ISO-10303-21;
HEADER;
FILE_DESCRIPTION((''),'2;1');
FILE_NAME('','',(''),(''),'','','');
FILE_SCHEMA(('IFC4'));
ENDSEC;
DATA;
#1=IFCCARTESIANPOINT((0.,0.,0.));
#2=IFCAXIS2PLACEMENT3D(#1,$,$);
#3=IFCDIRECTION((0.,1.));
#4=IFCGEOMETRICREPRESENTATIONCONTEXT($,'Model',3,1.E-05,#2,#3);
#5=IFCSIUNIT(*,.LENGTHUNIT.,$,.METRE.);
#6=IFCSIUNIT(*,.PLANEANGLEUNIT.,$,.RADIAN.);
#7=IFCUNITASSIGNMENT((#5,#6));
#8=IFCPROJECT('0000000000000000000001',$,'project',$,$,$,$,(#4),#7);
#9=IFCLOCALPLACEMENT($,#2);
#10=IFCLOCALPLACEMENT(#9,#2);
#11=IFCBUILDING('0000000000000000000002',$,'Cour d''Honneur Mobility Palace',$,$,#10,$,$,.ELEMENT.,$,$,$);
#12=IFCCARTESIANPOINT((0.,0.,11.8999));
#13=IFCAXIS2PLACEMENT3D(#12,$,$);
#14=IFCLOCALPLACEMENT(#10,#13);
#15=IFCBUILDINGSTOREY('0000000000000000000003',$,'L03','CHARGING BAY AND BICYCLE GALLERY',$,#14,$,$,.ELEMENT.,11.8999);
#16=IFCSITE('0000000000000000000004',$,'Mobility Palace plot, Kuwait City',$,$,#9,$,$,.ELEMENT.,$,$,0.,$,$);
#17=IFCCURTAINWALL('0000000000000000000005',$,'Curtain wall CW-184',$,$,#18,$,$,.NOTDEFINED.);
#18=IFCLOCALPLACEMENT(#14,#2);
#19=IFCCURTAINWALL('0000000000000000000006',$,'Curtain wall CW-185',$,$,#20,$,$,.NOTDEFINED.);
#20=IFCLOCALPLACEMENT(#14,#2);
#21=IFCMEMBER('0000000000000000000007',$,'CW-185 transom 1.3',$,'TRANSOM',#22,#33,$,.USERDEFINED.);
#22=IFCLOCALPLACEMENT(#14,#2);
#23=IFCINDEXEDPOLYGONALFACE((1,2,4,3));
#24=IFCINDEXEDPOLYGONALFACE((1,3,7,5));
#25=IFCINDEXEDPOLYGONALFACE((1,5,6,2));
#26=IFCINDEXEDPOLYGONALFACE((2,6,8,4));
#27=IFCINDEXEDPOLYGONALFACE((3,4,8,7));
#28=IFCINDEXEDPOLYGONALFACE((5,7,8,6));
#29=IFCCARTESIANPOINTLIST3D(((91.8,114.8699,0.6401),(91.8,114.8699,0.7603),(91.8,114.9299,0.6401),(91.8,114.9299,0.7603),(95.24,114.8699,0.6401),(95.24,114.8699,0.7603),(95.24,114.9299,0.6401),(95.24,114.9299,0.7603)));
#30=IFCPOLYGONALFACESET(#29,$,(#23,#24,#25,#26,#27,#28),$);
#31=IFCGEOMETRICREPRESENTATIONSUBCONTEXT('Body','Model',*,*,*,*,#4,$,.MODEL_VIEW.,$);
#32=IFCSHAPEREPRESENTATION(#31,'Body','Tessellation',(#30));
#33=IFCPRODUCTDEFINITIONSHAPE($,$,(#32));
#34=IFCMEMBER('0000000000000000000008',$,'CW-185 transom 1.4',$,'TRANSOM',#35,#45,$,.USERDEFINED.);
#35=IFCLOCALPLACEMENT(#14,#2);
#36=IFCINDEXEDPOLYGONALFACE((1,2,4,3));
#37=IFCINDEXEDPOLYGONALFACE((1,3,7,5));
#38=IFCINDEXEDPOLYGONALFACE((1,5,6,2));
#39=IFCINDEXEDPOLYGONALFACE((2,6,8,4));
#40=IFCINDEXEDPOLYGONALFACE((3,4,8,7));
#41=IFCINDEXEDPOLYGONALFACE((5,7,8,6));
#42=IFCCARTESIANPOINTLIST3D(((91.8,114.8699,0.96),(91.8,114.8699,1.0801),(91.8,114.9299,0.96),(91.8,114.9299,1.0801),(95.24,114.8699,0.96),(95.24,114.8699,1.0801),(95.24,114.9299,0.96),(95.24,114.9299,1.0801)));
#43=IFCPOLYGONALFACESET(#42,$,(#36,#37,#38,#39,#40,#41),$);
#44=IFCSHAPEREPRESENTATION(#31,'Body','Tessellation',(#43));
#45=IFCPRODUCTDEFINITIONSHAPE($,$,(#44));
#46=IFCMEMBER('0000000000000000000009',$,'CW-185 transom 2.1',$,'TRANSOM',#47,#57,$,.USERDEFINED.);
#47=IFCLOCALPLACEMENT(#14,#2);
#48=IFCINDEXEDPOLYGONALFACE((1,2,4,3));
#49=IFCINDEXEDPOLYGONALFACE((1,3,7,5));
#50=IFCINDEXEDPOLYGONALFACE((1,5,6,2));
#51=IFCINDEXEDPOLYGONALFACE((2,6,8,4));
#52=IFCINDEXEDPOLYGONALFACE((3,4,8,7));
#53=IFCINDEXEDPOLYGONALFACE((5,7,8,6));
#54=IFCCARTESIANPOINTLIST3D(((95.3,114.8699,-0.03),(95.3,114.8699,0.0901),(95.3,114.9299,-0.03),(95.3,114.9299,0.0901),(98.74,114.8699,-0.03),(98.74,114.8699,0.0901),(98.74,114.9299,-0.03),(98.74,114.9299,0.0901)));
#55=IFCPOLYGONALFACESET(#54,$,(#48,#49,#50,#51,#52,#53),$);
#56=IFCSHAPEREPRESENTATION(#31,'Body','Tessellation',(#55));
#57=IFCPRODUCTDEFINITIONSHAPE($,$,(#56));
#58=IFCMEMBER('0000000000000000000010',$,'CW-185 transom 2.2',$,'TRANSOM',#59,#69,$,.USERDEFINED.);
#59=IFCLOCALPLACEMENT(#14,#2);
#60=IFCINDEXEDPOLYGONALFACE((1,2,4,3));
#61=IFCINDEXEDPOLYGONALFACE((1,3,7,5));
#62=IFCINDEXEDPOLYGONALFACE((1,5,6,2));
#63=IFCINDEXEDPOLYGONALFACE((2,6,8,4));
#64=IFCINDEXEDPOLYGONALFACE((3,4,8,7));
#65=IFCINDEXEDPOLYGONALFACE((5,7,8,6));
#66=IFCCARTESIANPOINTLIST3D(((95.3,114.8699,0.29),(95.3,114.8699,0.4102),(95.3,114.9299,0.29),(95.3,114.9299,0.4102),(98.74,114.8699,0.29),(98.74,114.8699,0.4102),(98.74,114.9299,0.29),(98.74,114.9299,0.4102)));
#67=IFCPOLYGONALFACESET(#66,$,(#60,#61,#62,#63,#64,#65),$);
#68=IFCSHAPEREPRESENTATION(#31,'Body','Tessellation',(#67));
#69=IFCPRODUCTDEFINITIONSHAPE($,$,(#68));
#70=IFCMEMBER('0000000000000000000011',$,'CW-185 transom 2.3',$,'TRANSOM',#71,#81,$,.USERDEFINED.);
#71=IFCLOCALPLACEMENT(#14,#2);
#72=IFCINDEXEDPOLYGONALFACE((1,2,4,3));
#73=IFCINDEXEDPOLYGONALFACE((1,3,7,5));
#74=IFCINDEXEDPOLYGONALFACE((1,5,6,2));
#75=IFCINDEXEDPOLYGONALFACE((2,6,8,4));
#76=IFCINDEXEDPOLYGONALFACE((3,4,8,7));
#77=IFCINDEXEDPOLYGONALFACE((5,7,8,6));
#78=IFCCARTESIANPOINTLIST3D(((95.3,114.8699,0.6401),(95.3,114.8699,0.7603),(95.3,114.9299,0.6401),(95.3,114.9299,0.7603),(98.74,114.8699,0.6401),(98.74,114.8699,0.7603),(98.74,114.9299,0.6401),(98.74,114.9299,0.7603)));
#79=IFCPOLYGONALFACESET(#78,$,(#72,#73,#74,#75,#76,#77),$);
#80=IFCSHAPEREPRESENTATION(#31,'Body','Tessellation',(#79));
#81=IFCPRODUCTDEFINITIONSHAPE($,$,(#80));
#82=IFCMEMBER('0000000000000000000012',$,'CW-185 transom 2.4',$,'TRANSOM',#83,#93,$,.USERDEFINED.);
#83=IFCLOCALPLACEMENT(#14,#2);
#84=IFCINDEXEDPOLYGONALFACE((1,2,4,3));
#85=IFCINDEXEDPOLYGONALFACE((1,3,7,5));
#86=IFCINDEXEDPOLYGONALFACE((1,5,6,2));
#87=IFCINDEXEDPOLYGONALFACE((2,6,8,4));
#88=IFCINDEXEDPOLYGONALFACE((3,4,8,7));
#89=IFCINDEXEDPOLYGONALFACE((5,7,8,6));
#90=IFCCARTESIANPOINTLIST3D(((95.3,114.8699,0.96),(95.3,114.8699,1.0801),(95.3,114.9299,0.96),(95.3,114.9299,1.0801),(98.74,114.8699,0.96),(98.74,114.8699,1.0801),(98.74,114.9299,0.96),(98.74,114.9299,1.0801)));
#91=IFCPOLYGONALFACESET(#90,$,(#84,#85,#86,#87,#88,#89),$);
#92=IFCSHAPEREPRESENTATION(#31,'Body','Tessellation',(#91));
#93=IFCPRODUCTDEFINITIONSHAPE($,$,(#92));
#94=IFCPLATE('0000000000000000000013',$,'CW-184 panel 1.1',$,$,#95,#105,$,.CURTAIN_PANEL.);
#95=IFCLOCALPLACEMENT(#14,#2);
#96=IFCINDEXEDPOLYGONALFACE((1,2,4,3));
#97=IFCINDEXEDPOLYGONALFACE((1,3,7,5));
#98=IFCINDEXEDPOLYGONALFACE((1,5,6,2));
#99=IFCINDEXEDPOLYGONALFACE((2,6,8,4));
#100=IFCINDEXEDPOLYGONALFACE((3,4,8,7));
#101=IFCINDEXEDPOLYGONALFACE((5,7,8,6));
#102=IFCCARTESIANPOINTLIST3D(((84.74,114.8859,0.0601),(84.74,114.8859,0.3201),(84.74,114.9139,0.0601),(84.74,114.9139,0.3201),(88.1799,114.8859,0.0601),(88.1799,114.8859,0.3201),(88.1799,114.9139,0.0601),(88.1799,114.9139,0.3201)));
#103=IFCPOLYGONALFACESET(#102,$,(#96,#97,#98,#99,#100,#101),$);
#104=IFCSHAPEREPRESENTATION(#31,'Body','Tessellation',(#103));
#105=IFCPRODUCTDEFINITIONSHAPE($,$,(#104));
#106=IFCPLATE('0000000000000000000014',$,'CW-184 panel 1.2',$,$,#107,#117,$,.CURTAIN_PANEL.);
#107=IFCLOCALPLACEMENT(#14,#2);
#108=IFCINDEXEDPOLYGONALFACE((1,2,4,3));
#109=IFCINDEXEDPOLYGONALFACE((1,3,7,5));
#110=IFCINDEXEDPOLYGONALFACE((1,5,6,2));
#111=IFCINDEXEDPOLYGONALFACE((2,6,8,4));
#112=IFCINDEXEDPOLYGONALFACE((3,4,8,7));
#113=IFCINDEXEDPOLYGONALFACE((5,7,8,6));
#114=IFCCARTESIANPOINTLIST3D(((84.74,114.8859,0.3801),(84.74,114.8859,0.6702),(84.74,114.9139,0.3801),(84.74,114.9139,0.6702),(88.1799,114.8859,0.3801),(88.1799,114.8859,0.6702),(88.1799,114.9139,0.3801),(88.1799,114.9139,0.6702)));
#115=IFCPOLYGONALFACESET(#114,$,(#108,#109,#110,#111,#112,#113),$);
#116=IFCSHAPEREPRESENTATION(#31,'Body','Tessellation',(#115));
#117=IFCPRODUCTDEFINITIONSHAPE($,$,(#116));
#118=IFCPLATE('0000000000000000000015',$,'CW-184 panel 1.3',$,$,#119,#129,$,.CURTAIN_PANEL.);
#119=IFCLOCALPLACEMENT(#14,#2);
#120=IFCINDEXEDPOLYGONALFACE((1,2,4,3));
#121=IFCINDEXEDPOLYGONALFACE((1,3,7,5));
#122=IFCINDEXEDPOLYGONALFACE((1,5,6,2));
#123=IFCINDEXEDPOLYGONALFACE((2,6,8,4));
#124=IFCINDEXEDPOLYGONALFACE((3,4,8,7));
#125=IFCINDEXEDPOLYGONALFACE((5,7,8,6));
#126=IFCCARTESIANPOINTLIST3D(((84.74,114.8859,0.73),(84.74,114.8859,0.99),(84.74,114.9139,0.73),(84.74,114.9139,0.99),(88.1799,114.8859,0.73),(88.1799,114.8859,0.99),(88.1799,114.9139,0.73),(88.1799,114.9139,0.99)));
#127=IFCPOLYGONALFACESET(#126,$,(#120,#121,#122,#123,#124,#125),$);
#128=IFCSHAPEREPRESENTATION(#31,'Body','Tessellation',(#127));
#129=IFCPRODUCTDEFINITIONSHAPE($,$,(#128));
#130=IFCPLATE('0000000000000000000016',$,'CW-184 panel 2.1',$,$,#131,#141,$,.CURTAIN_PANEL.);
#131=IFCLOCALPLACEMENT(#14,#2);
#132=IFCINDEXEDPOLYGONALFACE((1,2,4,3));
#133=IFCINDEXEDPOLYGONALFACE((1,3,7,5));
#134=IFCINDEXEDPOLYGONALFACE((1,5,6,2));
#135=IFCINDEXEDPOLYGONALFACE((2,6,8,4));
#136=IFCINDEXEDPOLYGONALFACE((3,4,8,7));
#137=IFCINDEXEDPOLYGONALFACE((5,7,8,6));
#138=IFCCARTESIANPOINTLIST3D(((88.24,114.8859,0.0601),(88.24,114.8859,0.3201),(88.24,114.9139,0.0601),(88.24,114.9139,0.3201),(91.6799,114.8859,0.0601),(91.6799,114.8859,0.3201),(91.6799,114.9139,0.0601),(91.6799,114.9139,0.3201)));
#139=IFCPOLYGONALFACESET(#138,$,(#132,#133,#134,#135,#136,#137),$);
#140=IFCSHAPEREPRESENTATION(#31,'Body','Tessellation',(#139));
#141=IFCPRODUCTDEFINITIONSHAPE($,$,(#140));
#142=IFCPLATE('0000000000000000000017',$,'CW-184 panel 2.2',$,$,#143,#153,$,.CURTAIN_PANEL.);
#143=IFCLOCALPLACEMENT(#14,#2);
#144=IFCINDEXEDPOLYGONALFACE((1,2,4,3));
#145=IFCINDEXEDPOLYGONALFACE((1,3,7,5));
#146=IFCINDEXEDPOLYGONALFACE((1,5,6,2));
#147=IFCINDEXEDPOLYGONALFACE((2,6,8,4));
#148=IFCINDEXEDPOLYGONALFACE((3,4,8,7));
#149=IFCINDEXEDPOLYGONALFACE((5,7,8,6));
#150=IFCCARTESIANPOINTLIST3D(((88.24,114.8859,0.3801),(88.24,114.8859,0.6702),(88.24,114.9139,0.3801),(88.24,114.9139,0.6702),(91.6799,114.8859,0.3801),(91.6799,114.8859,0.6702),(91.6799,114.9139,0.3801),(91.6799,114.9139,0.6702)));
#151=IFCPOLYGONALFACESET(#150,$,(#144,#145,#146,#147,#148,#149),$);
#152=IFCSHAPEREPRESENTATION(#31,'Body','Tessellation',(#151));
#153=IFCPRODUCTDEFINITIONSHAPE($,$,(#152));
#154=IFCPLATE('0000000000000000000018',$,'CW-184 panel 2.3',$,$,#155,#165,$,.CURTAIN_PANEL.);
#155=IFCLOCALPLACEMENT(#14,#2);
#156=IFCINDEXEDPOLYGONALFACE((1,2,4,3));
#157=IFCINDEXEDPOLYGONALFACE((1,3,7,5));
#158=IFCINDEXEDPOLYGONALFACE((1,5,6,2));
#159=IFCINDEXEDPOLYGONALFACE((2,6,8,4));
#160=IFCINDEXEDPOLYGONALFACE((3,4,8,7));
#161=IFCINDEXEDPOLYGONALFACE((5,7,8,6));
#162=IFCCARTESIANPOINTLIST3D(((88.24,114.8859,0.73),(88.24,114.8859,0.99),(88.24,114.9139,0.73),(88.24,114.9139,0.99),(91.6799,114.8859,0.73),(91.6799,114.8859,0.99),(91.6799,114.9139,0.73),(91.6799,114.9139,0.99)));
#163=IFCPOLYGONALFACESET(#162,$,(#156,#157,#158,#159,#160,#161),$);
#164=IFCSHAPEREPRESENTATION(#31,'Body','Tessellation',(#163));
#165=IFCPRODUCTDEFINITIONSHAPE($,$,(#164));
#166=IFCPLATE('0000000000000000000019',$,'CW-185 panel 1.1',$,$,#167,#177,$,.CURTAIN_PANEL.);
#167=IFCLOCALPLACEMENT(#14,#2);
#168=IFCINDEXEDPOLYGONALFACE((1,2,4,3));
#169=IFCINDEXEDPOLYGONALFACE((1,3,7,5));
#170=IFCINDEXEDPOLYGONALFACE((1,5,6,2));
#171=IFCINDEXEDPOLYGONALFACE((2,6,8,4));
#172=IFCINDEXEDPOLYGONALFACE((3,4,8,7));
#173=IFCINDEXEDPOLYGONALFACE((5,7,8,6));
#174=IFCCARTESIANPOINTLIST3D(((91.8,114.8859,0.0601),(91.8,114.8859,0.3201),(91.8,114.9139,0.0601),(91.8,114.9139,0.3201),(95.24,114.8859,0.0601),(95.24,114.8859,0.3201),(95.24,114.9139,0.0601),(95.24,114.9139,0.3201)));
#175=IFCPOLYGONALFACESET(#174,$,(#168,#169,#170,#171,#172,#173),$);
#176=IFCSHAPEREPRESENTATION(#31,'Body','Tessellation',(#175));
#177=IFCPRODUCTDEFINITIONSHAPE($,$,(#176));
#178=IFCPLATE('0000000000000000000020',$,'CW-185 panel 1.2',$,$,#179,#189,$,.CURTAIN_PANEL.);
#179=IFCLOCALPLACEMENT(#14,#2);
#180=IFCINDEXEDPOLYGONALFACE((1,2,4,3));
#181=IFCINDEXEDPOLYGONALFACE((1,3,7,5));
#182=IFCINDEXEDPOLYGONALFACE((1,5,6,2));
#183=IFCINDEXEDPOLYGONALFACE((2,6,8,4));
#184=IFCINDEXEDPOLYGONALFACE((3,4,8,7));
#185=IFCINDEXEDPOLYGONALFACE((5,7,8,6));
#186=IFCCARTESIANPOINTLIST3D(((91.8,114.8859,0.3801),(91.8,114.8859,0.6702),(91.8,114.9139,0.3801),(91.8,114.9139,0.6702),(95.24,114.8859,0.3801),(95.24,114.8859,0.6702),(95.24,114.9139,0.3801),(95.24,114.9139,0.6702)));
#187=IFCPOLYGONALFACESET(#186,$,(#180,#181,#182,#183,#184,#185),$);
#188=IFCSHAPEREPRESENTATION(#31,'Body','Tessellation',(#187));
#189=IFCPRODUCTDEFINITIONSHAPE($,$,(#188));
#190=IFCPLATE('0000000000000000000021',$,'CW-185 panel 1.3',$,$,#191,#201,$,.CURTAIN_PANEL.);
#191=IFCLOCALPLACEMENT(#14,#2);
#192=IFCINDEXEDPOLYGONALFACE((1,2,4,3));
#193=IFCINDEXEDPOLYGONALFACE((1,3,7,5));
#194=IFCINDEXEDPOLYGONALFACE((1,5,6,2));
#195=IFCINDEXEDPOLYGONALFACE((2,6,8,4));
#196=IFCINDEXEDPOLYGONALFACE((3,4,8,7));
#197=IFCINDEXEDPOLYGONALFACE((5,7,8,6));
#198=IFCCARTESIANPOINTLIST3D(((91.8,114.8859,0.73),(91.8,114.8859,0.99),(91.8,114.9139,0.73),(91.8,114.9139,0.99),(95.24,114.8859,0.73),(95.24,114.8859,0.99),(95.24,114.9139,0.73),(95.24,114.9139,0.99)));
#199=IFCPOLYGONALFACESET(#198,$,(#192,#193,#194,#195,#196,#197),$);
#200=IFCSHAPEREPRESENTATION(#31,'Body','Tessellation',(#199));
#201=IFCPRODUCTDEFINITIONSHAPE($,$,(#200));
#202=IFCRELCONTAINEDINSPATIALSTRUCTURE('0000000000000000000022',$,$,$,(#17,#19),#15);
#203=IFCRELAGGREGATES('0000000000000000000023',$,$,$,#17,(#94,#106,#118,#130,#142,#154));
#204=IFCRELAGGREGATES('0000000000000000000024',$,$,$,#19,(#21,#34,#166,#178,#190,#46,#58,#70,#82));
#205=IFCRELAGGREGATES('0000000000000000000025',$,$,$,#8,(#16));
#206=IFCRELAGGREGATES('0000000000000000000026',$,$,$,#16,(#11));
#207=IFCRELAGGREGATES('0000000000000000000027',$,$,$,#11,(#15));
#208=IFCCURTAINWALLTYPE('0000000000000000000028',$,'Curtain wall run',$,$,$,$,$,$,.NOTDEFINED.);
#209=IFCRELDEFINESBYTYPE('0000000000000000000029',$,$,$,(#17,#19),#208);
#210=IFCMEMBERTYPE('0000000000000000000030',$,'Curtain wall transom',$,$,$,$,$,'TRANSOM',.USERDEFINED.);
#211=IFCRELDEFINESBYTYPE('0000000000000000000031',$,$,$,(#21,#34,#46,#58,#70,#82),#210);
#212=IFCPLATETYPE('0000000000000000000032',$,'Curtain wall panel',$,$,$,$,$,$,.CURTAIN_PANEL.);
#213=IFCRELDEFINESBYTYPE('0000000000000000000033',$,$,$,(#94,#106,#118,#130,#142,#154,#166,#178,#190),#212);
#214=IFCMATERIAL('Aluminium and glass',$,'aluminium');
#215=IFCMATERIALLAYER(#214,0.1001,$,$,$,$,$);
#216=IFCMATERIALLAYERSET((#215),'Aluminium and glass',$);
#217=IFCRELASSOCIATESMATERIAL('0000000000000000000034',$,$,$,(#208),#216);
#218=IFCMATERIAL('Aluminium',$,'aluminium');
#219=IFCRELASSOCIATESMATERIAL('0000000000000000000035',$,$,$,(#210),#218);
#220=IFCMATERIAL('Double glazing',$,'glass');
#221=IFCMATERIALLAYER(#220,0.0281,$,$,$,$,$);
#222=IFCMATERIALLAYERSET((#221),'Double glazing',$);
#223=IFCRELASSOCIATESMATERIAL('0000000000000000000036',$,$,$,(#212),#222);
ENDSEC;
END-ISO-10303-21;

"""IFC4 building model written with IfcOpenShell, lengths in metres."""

from ifc_helpers import new_model, si_unit, direction, frame, origin, origin_2d, place, context, subcontext, project, spatial, rectangle, extrude, material, layer, layer_set, material_profile, profile_set, type_object, element, aggregate, save


model = new_model("IFC4")

# Units and contexts
model_context = context("Model", 3, precision=1e-05, world=origin(), true_north=direction((0.0, 1.0)))
body_context = subcontext(model_context, "Body", "Model", "MODEL_VIEW")
ifc_project = project(units=[si_unit("LENGTHUNIT", "METRE"), si_unit("PLANEANGLEUNIT", "RADIAN")], contexts=[model_context])

# Site, building, storey
site_placement = place(None, origin())
site = spatial("IfcSite", under=ifc_project, at=site_placement, Name="Mobility Palace plot, Kuwait City", CompositionType="ELEMENT", RefElevation=0.0)
building_placement = place(site_placement, origin())
building = spatial("IfcBuilding", under=site, at=building_placement, Name="Cour d'Honneur Mobility Palace", CompositionType="ELEMENT")
storey_placement = place(building_placement, frame((0.0, 0.0, 11.8999)))
storey = spatial("IfcBuildingStorey", under=building, at=storey_placement, Name="L03", Description="CHARGING BAY AND BICYCLE GALLERY", CompositionType="ELEMENT", Elevation=11.8999)

# Curtain walls
ifc_material_1 = material(Name="Aluminium and glass", Category="aluminium")
ifc_layer_1 = layer(ifc_material_1, 0.1001)
ifc_layer_set_1 = layer_set([ifc_layer_1], Name="Aluminium and glass")
curtain_wall_type = type_object("IfcCurtainWallType", Name="Curtain wall run", PredefinedType="NOTDEFINED", material=ifc_layer_set_1)
curtain_wall_1_placement = place(storey_placement, origin())
curtain_wall_1 = element("IfcCurtainWall", 1, at=curtain_wall_1_placement, inside=storey, type_object=curtain_wall_type, Name="Curtain wall CW-184", PredefinedType="NOTDEFINED")
curtain_wall_2_placement = place(storey_placement, origin())
curtain_wall_2 = element("IfcCurtainWall", 2, at=curtain_wall_2_placement, inside=storey, type_object=curtain_wall_type, Name="Curtain wall CW-185", PredefinedType="NOTDEFINED")

# Members
ifc_material_2 = material(Name="Aluminium", Category="aluminium")
ifc_material_profile_1 = material_profile(ifc_material_2, rectangle(XDim=0.0601, YDim=0.1201, at=origin_2d()), Name="Curtain wall transom")
ifc_profile_set_1 = profile_set([ifc_material_profile_1], Name="Aluminium")
member_type_1 = type_object("IfcMemberType", Name="Curtain wall transom", ElementType="TRANSOM", PredefinedType="USERDEFINED", material=ifc_profile_set_1)
member_1_placement = place(storey_placement, frame((91.8, 114.8999, 0.7002), z_axis=(1.0, 0.0, 0.0), x_axis=(0.0, 1.0, 0.0)))
member_1 = element("IfcMember", 3, at=member_1_placement, type_object=member_type_1, Name="CW-185 transom 1.3", ObjectType="TRANSOM", PredefinedType="USERDEFINED", context=body_context, shape_type="SweptSolid", body=[
    extrude(rectangle(XDim=0.0601, YDim=0.1201, at=origin_2d()), origin(), (0.0, 0.0, 1.0), 3.4399),
])
member_2_placement = place(storey_placement, frame((91.8, 114.8999, 1.02), z_axis=(1.0, 0.0, 0.0), x_axis=(0.0, 1.0, 0.0)))
member_2 = element("IfcMember", 4, at=member_2_placement, type_object=member_type_1, Name="CW-185 transom 1.4", ObjectType="TRANSOM", PredefinedType="USERDEFINED", context=body_context, shape_type="SweptSolid", body=[
    extrude(rectangle(XDim=0.0601, YDim=0.1201, at=origin_2d()), origin(), (0.0, 0.0, 1.0), 3.4399),
])
member_3_placement = place(storey_placement, frame((95.3, 114.8999, 0.03), z_axis=(1.0, 0.0, 0.0), x_axis=(0.0, 1.0, 0.0)))
member_3 = element("IfcMember", 5, at=member_3_placement, type_object=member_type_1, Name="CW-185 transom 2.1", ObjectType="TRANSOM", PredefinedType="USERDEFINED", context=body_context, shape_type="SweptSolid", body=[
    extrude(rectangle(XDim=0.0601, YDim=0.1201, at=origin_2d()), origin(), (0.0, 0.0, 1.0), 3.4399),
])
member_4_placement = place(storey_placement, frame((95.3, 114.8999, 0.3501), z_axis=(1.0, 0.0, 0.0), x_axis=(0.0, 1.0, 0.0)))
member_4 = element("IfcMember", 6, at=member_4_placement, type_object=member_type_1, Name="CW-185 transom 2.2", ObjectType="TRANSOM", PredefinedType="USERDEFINED", context=body_context, shape_type="SweptSolid", body=[
    extrude(rectangle(XDim=0.0601, YDim=0.1201, at=origin_2d()), origin(), (0.0, 0.0, 1.0), 3.4399),
])
member_5_placement = place(storey_placement, frame((95.3, 114.8999, 0.7002), z_axis=(1.0, 0.0, 0.0), x_axis=(0.0, 1.0, 0.0)))
member_5 = element("IfcMember", 7, at=member_5_placement, type_object=member_type_1, Name="CW-185 transom 2.3", ObjectType="TRANSOM", PredefinedType="USERDEFINED", context=body_context, shape_type="SweptSolid", body=[
    extrude(rectangle(XDim=0.0601, YDim=0.1201, at=origin_2d()), origin(), (0.0, 0.0, 1.0), 3.4399),
])
member_6_placement = place(storey_placement, frame((95.3, 114.8999, 1.02), z_axis=(1.0, 0.0, 0.0), x_axis=(0.0, 1.0, 0.0)))
member_6 = element("IfcMember", 8, at=member_6_placement, type_object=member_type_1, Name="CW-185 transom 2.4", ObjectType="TRANSOM", PredefinedType="USERDEFINED", context=body_context, shape_type="SweptSolid", body=[
    extrude(rectangle(XDim=0.0601, YDim=0.1201, at=origin_2d()), origin(), (0.0, 0.0, 1.0), 3.4399),
])

# Plates
ifc_material_3 = material(Name="Double glazing", Category="glass")
ifc_layer_2 = layer(ifc_material_3, 0.0281)
ifc_layer_set_2 = layer_set([ifc_layer_2], Name="Double glazing")
plate_type = type_object("IfcPlateType", Name="Curtain wall panel", PredefinedType="CURTAIN_PANEL", material=ifc_layer_set_2)
plate_1_placement = place(storey_placement, frame((86.46, 114.8999, 0.0601), z_axis=(0.0, 0.0, 1.0), x_axis=(1.0, 0.0, 0.0)))
plate_1 = element("IfcPlate", 9, at=plate_1_placement, type_object=plate_type, Name="CW-184 panel 1.1", PredefinedType="CURTAIN_PANEL", context=body_context, shape_type="SweptSolid", body=[
    extrude(rectangle(XDim=3.4399, YDim=0.0281, at=origin_2d()), origin(), (0.0, 0.0, 1.0), 0.26),
])
plate_2_placement = place(storey_placement, frame((86.46, 114.8999, 0.3801), z_axis=(0.0, 0.0, 1.0), x_axis=(1.0, 0.0, 0.0)))
plate_2 = element("IfcPlate", 10, at=plate_2_placement, type_object=plate_type, Name="CW-184 panel 1.2", PredefinedType="CURTAIN_PANEL", context=body_context, shape_type="SweptSolid", body=[
    extrude(rectangle(XDim=3.4399, YDim=0.0281, at=origin_2d()), origin(), (0.0, 0.0, 1.0), 0.29),
])
plate_3_placement = place(storey_placement, frame((86.46, 114.8999, 0.73), z_axis=(0.0, 0.0, 1.0), x_axis=(1.0, 0.0, 0.0)))
plate_3 = element("IfcPlate", 11, at=plate_3_placement, type_object=plate_type, Name="CW-184 panel 1.3", PredefinedType="CURTAIN_PANEL", context=body_context, shape_type="SweptSolid", body=[
    extrude(rectangle(XDim=3.4399, YDim=0.0281, at=origin_2d()), origin(), (0.0, 0.0, 1.0), 0.26),
])
plate_4_placement = place(storey_placement, frame((89.96, 114.8999, 0.0601), z_axis=(0.0, 0.0, 1.0), x_axis=(1.0, 0.0, 0.0)))
plate_4 = element("IfcPlate", 12, at=plate_4_placement, type_object=plate_type, Name="CW-184 panel 2.1", PredefinedType="CURTAIN_PANEL", context=body_context, shape_type="SweptSolid", body=[
    extrude(rectangle(XDim=3.4399, YDim=0.0281, at=origin_2d()), origin(), (0.0, 0.0, 1.0), 0.26),
])
plate_5_placement = place(storey_placement, frame((89.96, 114.8999, 0.3801), z_axis=(0.0, 0.0, 1.0), x_axis=(1.0, 0.0, 0.0)))
plate_5 = element("IfcPlate", 13, at=plate_5_placement, type_object=plate_type, Name="CW-184 panel 2.2", PredefinedType="CURTAIN_PANEL", context=body_context, shape_type="SweptSolid", body=[
    extrude(rectangle(XDim=3.4399, YDim=0.0281, at=origin_2d()), origin(), (0.0, 0.0, 1.0), 0.29),
])
plate_6_placement = place(storey_placement, frame((89.96, 114.8999, 0.73), z_axis=(0.0, 0.0, 1.0), x_axis=(1.0, 0.0, 0.0)))
plate_6 = element("IfcPlate", 14, at=plate_6_placement, type_object=plate_type, Name="CW-184 panel 2.3", PredefinedType="CURTAIN_PANEL", context=body_context, shape_type="SweptSolid", body=[
    extrude(rectangle(XDim=3.4399, YDim=0.0281, at=origin_2d()), origin(), (0.0, 0.0, 1.0), 0.26),
])
aggregate(curtain_wall_1, [plate_1, plate_2, plate_3, plate_4, plate_5, plate_6])
plate_7_placement = place(storey_placement, frame((93.52, 114.8999, 0.0601), z_axis=(0.0, 0.0, 1.0), x_axis=(1.0, 0.0, 0.0)))
plate_7 = element("IfcPlate", 15, at=plate_7_placement, type_object=plate_type, Name="CW-185 panel 1.1", PredefinedType="CURTAIN_PANEL", context=body_context, shape_type="SweptSolid", body=[
    extrude(rectangle(XDim=3.4399, YDim=0.0281, at=origin_2d()), origin(), (0.0, 0.0, 1.0), 0.26),
])
plate_8_placement = place(storey_placement, frame((93.52, 114.8999, 0.3801), z_axis=(0.0, 0.0, 1.0), x_axis=(1.0, 0.0, 0.0)))
plate_8 = element("IfcPlate", 16, at=plate_8_placement, type_object=plate_type, Name="CW-185 panel 1.2", PredefinedType="CURTAIN_PANEL", context=body_context, shape_type="SweptSolid", body=[
    extrude(rectangle(XDim=3.4399, YDim=0.0281, at=origin_2d()), origin(), (0.0, 0.0, 1.0), 0.29),
])
plate_9_placement = place(storey_placement, frame((93.52, 114.8999, 0.73), z_axis=(0.0, 0.0, 1.0), x_axis=(1.0, 0.0, 0.0)))
plate_9 = element("IfcPlate", 17, at=plate_9_placement, type_object=plate_type, Name="CW-185 panel 1.3", PredefinedType="CURTAIN_PANEL", context=body_context, shape_type="SweptSolid", body=[
    extrude(rectangle(XDim=3.4399, YDim=0.0281, at=origin_2d()), origin(), (0.0, 0.0, 1.0), 0.26),
])
aggregate(curtain_wall_2, [member_1, member_2, plate_7, plate_8, plate_9, member_3, member_4, member_5, member_6])

save(model, "model.ifc")
